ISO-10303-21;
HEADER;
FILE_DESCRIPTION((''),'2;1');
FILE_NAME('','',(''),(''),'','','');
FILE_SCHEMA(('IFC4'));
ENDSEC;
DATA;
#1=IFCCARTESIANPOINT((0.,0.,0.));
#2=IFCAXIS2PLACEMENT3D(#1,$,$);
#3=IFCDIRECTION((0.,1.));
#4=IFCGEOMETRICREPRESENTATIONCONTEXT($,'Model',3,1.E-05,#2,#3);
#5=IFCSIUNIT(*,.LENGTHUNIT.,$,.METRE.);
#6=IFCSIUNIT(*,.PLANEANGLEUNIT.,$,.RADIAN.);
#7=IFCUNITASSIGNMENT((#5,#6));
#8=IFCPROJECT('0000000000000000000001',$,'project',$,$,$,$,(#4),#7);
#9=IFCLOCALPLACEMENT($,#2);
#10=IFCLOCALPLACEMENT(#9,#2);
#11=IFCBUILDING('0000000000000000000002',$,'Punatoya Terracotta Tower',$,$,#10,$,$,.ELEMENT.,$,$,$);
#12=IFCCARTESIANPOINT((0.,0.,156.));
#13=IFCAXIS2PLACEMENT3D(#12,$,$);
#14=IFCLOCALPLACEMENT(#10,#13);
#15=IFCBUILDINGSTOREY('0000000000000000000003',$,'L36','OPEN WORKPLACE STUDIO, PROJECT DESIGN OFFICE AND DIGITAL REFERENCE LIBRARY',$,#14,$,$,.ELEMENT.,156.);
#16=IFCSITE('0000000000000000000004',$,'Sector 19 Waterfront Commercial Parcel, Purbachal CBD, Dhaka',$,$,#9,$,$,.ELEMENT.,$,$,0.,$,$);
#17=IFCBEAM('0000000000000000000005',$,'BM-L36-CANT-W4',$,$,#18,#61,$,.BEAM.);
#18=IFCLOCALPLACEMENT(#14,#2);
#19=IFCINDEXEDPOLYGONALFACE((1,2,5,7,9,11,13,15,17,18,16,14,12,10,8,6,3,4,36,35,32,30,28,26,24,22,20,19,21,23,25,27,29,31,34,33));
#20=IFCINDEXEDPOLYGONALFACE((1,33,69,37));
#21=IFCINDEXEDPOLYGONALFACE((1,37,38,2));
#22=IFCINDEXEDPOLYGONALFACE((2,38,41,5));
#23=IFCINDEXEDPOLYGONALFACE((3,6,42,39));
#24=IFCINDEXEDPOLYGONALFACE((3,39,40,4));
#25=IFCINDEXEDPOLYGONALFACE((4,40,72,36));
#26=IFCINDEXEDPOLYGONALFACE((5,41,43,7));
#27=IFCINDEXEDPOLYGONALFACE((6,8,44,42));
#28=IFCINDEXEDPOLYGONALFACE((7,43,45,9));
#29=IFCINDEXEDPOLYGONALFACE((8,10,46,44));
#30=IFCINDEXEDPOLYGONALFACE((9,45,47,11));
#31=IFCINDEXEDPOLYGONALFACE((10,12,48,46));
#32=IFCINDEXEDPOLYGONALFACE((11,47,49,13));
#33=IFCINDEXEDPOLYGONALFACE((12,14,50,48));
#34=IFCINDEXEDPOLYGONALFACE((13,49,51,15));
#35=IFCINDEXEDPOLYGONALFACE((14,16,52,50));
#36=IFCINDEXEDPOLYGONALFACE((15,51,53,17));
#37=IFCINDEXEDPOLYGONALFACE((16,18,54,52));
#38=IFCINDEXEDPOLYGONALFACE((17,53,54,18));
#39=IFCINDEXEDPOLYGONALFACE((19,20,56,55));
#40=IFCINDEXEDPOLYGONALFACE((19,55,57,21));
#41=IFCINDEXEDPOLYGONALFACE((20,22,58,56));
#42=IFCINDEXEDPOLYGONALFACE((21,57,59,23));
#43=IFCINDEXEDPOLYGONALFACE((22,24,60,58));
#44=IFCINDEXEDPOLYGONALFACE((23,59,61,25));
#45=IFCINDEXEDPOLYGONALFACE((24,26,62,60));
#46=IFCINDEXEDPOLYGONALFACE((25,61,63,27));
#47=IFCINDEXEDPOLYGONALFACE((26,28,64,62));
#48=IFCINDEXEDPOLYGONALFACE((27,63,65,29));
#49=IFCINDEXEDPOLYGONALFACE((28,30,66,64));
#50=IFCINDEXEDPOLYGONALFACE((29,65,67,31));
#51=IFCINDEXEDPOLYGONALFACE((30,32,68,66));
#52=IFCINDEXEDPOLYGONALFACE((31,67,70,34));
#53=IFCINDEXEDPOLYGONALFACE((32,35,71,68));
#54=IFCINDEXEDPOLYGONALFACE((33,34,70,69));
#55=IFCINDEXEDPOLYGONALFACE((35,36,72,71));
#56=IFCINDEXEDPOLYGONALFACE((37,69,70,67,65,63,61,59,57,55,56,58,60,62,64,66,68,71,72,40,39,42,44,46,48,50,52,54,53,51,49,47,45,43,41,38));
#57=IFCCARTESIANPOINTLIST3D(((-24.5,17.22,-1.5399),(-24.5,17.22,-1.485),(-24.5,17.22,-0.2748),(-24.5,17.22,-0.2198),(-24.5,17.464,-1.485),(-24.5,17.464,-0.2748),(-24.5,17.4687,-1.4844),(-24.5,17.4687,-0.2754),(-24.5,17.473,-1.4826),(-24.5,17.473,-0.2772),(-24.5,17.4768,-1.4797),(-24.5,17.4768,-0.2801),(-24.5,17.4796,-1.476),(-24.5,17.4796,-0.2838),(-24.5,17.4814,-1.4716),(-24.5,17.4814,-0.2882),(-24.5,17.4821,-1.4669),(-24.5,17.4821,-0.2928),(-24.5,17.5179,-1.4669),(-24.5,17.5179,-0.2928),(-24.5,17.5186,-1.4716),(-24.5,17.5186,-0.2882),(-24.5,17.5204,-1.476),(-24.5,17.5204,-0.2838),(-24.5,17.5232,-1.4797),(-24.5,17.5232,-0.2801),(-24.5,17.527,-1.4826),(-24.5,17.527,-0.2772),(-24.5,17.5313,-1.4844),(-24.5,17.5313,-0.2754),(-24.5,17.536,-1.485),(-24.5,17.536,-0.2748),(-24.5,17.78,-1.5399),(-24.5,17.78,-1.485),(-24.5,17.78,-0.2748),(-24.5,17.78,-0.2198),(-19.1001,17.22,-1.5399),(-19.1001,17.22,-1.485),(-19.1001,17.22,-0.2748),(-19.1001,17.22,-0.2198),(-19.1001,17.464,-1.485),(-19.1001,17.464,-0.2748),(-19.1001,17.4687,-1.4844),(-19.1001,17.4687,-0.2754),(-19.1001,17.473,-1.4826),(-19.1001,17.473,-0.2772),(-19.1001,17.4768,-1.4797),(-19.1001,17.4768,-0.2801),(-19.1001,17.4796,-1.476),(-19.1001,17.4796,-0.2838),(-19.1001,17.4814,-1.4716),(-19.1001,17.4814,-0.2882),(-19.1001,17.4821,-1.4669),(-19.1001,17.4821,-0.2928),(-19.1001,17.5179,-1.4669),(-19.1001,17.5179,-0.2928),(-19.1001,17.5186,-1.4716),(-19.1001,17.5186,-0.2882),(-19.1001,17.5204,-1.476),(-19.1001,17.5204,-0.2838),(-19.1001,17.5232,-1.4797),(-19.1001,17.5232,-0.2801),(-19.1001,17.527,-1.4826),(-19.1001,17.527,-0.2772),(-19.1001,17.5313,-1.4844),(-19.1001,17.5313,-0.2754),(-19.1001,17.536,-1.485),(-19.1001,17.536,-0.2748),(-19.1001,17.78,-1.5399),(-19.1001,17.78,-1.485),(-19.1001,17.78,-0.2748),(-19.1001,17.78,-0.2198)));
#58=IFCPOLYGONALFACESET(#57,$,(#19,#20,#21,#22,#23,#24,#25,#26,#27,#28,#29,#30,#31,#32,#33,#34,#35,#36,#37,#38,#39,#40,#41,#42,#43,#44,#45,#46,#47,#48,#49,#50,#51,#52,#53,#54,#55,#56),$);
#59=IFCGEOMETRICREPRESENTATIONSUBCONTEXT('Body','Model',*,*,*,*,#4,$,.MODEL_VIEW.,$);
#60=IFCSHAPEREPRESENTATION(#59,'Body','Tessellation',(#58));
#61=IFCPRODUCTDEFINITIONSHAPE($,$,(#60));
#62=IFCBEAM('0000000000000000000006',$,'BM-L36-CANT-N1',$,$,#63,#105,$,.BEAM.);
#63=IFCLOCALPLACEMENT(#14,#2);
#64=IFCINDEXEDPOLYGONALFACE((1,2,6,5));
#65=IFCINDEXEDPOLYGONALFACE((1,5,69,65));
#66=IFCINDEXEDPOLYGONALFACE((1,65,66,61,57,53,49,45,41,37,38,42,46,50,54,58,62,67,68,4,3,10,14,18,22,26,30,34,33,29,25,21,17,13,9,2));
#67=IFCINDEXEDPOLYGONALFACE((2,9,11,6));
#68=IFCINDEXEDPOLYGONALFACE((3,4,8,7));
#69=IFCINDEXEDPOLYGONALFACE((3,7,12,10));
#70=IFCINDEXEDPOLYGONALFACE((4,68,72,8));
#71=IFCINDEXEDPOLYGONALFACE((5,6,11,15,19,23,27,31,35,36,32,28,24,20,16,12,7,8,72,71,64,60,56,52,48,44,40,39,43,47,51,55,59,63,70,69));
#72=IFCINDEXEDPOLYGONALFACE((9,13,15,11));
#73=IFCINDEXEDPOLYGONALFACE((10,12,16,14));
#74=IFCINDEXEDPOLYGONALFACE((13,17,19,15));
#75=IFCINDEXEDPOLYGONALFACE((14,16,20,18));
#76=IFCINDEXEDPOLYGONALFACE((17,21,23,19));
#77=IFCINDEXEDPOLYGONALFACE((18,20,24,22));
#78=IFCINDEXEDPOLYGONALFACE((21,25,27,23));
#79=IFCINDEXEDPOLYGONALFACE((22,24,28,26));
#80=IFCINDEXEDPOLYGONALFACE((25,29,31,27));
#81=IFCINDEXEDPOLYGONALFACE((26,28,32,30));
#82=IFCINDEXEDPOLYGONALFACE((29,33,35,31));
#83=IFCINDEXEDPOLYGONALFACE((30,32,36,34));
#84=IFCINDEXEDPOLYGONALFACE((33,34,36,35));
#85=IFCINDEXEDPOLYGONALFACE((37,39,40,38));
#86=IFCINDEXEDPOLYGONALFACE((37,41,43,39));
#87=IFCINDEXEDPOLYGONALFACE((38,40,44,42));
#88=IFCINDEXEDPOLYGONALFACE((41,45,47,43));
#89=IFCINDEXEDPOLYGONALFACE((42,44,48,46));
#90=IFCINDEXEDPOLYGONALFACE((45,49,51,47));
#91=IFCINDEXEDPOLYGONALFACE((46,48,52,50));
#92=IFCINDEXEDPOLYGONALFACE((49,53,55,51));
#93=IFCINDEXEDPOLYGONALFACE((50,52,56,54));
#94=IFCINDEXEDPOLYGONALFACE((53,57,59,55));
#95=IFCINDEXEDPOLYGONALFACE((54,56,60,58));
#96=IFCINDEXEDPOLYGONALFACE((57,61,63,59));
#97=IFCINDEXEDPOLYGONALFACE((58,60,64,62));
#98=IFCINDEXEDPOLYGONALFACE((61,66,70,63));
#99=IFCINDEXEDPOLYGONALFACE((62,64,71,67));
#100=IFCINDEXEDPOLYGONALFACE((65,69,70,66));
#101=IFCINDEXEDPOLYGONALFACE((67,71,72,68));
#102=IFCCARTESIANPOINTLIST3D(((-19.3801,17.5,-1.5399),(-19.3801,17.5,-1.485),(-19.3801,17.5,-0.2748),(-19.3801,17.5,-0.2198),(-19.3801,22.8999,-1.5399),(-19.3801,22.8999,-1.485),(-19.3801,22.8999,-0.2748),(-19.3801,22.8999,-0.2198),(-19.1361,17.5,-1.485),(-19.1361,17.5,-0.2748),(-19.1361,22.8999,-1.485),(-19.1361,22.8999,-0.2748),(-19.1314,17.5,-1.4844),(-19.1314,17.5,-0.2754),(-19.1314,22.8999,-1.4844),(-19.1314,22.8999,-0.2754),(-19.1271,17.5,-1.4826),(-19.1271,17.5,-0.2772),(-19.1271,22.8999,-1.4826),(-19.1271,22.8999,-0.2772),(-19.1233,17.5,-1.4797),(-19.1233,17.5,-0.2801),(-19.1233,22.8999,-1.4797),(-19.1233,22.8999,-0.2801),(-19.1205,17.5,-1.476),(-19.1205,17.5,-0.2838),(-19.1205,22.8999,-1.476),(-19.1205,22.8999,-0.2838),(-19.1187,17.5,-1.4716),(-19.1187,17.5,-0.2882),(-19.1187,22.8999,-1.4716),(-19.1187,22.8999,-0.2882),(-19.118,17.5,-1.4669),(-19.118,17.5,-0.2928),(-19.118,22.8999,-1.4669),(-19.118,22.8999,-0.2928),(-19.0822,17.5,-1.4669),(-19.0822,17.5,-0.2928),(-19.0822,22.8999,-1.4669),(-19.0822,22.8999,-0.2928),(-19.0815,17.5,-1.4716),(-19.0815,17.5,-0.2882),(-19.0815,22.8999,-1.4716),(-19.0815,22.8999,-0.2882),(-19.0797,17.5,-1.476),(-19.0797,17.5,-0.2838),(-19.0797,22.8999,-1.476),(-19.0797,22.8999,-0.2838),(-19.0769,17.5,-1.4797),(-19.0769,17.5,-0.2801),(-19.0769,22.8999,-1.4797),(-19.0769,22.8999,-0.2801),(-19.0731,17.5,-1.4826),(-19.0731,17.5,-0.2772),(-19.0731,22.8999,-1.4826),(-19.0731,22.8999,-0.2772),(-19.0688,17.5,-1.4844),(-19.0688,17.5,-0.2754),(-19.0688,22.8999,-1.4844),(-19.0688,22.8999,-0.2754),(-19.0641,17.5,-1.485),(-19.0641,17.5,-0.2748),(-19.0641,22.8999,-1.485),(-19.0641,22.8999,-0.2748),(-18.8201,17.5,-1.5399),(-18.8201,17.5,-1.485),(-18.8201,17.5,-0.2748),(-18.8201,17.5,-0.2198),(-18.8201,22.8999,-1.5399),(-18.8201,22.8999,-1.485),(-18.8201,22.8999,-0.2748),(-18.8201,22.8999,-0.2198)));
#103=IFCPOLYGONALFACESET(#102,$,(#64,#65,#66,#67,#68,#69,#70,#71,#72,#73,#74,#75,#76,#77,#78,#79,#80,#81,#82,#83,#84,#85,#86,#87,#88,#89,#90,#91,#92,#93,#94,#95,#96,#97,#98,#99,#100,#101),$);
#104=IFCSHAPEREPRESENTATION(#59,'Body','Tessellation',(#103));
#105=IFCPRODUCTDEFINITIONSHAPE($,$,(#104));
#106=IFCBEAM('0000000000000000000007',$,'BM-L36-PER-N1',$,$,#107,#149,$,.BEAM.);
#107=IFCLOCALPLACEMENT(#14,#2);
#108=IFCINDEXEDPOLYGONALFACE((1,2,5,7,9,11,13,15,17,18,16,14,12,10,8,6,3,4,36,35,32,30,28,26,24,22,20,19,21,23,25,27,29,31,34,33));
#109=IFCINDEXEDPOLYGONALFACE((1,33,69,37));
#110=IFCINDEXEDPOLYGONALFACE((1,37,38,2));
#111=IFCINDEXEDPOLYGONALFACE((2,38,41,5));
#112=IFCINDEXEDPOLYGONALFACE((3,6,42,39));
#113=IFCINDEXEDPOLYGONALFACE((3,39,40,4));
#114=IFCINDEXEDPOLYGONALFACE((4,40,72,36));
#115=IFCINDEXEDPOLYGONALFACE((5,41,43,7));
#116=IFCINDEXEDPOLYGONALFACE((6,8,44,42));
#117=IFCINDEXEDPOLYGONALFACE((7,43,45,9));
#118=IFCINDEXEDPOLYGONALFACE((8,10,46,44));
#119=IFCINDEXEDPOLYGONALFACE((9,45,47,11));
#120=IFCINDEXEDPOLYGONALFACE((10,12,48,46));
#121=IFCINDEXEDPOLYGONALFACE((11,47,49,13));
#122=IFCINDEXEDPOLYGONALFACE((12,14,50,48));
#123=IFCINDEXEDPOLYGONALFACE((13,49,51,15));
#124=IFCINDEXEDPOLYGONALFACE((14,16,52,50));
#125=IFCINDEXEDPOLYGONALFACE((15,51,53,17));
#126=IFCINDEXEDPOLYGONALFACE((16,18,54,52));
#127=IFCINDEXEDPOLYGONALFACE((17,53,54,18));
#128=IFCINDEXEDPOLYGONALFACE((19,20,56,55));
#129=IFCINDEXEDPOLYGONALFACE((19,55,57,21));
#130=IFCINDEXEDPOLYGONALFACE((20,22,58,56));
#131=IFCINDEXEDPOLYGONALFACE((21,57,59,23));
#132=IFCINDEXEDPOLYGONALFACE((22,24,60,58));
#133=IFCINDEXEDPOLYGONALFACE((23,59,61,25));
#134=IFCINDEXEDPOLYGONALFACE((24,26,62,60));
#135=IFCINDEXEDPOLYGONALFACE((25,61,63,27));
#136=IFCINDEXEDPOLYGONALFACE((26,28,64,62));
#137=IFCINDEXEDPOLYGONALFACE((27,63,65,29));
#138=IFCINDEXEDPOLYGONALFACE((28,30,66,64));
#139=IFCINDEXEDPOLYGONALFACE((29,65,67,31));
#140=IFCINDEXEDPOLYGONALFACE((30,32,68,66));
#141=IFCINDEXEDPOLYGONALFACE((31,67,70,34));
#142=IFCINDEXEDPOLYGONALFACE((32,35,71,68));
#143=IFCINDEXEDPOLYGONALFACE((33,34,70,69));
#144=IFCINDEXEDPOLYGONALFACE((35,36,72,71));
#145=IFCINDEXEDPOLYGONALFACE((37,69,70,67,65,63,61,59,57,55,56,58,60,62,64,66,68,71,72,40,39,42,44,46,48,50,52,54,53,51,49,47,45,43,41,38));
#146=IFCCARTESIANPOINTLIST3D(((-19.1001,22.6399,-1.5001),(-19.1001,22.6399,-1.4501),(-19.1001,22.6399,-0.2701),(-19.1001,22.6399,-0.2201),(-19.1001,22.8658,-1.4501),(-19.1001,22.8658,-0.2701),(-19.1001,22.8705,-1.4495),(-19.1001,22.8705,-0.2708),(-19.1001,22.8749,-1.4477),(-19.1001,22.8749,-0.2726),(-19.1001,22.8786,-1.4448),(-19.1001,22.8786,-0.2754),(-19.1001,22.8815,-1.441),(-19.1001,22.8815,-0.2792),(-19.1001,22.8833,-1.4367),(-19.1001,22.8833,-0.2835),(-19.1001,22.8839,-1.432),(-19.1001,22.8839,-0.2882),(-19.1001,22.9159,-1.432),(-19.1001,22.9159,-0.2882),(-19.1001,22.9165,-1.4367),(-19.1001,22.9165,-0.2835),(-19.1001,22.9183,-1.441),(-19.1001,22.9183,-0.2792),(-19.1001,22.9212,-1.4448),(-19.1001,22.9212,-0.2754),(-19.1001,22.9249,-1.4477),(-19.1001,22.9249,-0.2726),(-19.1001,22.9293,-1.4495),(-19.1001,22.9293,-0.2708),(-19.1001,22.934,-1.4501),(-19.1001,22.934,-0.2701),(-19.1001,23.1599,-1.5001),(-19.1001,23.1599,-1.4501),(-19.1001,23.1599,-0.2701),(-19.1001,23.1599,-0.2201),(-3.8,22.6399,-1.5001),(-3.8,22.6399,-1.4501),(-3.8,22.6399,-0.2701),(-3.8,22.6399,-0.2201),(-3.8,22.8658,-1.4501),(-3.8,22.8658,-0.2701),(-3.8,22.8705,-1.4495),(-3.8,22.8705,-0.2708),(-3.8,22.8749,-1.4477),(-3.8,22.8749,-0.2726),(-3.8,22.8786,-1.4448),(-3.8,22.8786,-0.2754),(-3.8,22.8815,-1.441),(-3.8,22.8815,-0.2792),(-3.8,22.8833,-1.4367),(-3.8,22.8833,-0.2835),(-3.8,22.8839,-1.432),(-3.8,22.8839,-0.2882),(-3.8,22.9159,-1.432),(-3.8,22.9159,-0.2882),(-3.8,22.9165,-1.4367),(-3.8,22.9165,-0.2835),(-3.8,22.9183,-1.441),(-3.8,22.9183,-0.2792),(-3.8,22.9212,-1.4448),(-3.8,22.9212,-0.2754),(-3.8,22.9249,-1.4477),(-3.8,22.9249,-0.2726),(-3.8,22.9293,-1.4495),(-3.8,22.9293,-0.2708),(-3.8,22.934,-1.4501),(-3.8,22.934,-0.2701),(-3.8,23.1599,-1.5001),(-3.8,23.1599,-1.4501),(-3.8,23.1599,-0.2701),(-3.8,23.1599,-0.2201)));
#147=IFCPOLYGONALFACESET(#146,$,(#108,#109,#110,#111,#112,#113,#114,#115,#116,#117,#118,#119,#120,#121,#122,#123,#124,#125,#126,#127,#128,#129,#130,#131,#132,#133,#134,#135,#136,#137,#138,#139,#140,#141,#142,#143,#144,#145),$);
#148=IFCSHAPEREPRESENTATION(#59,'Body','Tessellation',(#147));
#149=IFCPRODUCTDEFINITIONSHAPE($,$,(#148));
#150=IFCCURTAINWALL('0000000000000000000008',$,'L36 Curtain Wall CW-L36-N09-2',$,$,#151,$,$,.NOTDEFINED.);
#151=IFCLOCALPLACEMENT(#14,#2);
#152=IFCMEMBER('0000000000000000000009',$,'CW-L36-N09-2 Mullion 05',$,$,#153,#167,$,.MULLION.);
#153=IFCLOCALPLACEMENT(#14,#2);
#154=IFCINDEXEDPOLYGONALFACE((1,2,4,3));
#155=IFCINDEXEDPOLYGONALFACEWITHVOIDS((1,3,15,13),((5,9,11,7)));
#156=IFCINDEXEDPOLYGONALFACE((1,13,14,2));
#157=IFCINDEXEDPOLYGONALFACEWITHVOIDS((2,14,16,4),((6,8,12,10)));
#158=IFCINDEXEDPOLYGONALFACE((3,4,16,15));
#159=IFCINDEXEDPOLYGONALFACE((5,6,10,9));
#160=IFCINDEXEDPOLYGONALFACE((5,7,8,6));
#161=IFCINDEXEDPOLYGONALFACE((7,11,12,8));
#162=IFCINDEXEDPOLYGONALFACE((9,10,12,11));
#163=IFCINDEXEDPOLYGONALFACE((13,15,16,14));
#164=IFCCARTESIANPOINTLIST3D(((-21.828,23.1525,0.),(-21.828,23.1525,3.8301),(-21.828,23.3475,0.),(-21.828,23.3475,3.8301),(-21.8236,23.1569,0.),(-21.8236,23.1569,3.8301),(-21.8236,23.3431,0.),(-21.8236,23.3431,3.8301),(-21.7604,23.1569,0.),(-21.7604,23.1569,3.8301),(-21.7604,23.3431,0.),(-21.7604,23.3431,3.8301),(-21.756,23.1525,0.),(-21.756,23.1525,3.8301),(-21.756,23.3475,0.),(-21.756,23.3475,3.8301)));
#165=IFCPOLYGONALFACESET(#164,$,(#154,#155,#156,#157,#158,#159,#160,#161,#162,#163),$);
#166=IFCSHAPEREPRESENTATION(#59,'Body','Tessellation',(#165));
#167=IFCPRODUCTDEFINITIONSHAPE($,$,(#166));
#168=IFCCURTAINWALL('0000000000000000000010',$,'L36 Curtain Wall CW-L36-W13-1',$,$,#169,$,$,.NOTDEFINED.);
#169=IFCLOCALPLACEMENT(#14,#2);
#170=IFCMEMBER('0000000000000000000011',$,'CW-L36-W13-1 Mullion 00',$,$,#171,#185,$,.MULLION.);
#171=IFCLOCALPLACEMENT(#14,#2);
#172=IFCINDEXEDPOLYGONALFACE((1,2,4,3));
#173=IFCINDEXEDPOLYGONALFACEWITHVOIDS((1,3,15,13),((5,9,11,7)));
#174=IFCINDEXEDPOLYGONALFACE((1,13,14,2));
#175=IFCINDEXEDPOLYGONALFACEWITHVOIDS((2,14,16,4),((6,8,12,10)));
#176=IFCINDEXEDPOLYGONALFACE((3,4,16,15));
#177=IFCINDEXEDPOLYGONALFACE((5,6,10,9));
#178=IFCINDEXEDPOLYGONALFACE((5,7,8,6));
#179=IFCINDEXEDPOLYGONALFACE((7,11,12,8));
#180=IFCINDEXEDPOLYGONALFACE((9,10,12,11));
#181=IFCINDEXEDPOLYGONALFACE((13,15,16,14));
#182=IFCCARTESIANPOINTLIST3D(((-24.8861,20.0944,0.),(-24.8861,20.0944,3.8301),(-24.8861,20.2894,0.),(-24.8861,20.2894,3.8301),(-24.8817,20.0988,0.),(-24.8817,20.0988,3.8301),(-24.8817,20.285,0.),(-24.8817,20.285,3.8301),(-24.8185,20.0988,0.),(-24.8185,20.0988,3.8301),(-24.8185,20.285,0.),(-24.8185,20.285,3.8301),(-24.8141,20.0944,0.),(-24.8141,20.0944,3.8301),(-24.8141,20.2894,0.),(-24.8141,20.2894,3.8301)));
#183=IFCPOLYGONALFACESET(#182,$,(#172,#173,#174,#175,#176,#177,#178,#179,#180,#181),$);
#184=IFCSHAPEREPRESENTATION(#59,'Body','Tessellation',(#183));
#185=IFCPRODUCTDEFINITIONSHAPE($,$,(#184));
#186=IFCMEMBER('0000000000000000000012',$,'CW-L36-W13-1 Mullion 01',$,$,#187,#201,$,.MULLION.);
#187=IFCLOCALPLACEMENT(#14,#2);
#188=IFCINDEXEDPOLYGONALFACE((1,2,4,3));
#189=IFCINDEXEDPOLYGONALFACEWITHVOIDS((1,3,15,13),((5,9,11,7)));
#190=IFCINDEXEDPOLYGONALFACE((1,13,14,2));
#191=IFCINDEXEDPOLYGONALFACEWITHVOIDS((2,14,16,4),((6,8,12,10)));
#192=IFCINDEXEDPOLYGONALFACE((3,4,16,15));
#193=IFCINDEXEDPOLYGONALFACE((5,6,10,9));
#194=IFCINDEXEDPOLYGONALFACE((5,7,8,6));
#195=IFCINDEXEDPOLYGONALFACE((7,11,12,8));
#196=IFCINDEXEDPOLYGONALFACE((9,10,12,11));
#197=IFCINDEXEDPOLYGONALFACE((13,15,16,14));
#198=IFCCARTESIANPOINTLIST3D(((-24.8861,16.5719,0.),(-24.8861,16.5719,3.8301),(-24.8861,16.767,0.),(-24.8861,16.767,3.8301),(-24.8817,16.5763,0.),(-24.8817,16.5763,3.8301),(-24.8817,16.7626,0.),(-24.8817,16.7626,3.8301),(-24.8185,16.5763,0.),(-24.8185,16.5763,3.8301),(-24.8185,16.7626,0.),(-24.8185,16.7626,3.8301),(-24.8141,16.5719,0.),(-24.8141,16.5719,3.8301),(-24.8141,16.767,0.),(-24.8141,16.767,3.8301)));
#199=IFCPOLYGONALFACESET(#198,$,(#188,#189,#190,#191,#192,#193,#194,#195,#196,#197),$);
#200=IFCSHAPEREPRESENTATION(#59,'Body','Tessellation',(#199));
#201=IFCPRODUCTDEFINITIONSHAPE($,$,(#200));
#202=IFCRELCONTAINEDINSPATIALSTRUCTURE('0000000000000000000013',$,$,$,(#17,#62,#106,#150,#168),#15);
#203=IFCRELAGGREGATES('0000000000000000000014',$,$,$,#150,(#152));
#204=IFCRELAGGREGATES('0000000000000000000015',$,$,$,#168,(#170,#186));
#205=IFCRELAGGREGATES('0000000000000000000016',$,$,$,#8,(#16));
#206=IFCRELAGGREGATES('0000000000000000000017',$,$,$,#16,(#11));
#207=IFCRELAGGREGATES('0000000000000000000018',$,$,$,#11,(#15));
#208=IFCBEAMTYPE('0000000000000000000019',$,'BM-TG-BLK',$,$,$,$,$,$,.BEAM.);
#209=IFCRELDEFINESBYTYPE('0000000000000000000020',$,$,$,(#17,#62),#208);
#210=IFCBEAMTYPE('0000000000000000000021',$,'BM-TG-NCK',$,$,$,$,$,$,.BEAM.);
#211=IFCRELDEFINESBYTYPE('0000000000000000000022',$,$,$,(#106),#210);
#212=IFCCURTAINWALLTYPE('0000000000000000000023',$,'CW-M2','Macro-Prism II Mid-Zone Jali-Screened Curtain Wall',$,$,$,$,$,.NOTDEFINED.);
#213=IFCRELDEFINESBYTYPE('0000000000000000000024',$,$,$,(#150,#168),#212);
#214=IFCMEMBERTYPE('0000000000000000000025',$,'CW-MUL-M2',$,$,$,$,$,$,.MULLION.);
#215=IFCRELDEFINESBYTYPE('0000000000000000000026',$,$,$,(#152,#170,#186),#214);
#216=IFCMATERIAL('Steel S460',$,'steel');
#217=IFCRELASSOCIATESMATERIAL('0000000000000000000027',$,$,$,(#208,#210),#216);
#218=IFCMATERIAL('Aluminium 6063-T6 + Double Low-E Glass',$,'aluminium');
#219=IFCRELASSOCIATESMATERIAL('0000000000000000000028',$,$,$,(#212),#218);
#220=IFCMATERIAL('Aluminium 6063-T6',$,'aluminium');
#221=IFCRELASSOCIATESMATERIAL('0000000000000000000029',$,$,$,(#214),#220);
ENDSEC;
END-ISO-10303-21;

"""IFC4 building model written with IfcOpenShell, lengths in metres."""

from ifc_helpers import new_model, si_unit, direction, frame, origin, origin_2d, place, context, subcontext, project, spatial, hollow_rectangle, i_section, extrude, material, material_profile, profile_set, type_object, element, aggregate, save


model = new_model("IFC4")

# Units and contexts
model_context = context("Model", 3, precision=1e-05, world=origin(), true_north=direction((0.0, 1.0)))
body_context = subcontext(model_context, "Body", "Model", "MODEL_VIEW")
ifc_project = project(units=[si_unit("LENGTHUNIT", "METRE"), si_unit("PLANEANGLEUNIT", "RADIAN")], contexts=[model_context])

# Site, building, storey
site_placement = place(None, origin())
site = spatial("IfcSite", under=ifc_project, at=site_placement, Name="Sector 19 Waterfront Commercial Parcel, Purbachal CBD, Dhaka", CompositionType="ELEMENT", RefElevation=0.0)
building_placement = place(site_placement, origin())
building = spatial("IfcBuilding", under=site, at=building_placement, Name="Punatoya Terracotta Tower", CompositionType="ELEMENT")
storey_placement = place(building_placement, frame((0.0, 0.0, 156.0)))
storey = spatial("IfcBuildingStorey", under=building, at=storey_placement, Name="L36", Description="OPEN WORKPLACE STUDIO, PROJECT DESIGN OFFICE AND DIGITAL REFERENCE LIBRARY", CompositionType="ELEMENT", Elevation=156.0)

# Shared definitions
ifc_material_1 = material(Name="Steel S460", Category="steel")

# Beams
ifc_material_profile_1 = material_profile(ifc_material_1, i_section(OverallWidth=0.5601, OverallDepth=1.3201, WebThickness=0.0359, FlangeThickness=0.0549, FilletRadius=0.0181, at=origin_2d()))
ifc_profile_set_1 = profile_set([ifc_material_profile_1], Name="Steel S460")
beam_type_1 = type_object("IfcBeamType", Name="BM-TG-BLK", PredefinedType="BEAM", material=ifc_profile_set_1)
for number, where, z_axis, x_axis, name in (
    (1, (-24.5, 17.5, -0.8799), (1.0, 0.0, 0.0), (0.0, 1.0, 0.0), "BM-L36-CANT-W4"),
    (2, (-19.1001, 17.5, -0.8799), (0.0, 1.0, 0.0), (-1.0, 0.0, 0.0), "BM-L36-CANT-N1"),
):
    element("IfcBeam", number, at=place(storey_placement, frame(where, z_axis=z_axis, x_axis=x_axis)), inside=storey, type_object=beam_type_1, Name=name, PredefinedType="BEAM", context=body_context, shape_type="SweptSolid", body=[
        extrude(i_section(OverallWidth=0.5601, OverallDepth=1.3201, WebThickness=0.0359, FlangeThickness=0.0549, FilletRadius=0.0181, at=origin_2d()), origin(), (0.0, 0.0, 1.0), 5.3999),
    ])
ifc_material_profile_2 = material_profile(ifc_material_1, i_section(OverallWidth=0.52, OverallDepth=1.28, WebThickness=0.032, FlangeThickness=0.05, FilletRadius=0.0181, at=origin_2d()))
ifc_profile_set_2 = profile_set([ifc_material_profile_2], Name="Steel S460")
beam_type_2 = type_object("IfcBeamType", Name="BM-TG-NCK", PredefinedType="BEAM", material=ifc_profile_set_2)
beam_1_placement = place(storey_placement, frame((-19.1001, 22.8999, -0.8601), z_axis=(1.0, 0.0, 0.0), x_axis=(0.0, 1.0, 0.0)))
element("IfcBeam", 3, at=beam_1_placement, inside=storey, type_object=beam_type_2, Name="BM-L36-PER-N1", PredefinedType="BEAM", context=body_context, shape_type="SweptSolid", body=[
    extrude(i_section(OverallWidth=0.52, OverallDepth=1.28, WebThickness=0.032, FlangeThickness=0.05, FilletRadius=0.0181, at=origin_2d()), origin(), (0.0, 0.0, 1.0), 15.3),
])

# Curtain wall, member
ifc_material_2 = material(Name="Aluminium 6063-T6 + Double Low-E Glass", Category="aluminium")
curtain_wall_type = type_object("IfcCurtainWallType", Name="CW-M2", Description="Macro-Prism II Mid-Zone Jali-Screened Curtain Wall", PredefinedType="NOTDEFINED", material=ifc_material_2)
curtain_wall_1_placement = place(storey_placement, origin())
curtain_wall_1 = element("IfcCurtainWall", 4, at=curtain_wall_1_placement, inside=storey, type_object=curtain_wall_type, Name="L36 Curtain Wall CW-L36-N09-2", PredefinedType="NOTDEFINED")
ifc_material_3 = material(Name="Aluminium 6063-T6", Category="aluminium")
ifc_material_profile_3 = material_profile(ifc_material_3, hollow_rectangle(XDim=0.072, YDim=0.1951, WallThickness=0.0044, at=origin_2d()))
ifc_profile_set_3 = profile_set([ifc_material_profile_3], Name="Aluminium 6063-T6")
member_type_1 = type_object("IfcMemberType", Name="CW-MUL-M2", PredefinedType="MULLION", material=ifc_profile_set_3)
member_1_placement = place(storey_placement, frame((-21.792, 23.25, 0.0), z_axis=(0.0, 0.0, 1.0), x_axis=(1.0, 0.0, 0.0)))
member_1 = element("IfcMember", 5, at=member_1_placement, type_object=member_type_1, Name="CW-L36-N09-2 Mullion 05", PredefinedType="MULLION", context=body_context, shape_type="SweptSolid", body=[
    extrude(hollow_rectangle(XDim=0.072, YDim=0.1951, WallThickness=0.0044, at=origin_2d()), origin(), (0.0, 0.0, 1.0), 3.8301),
])

# Curtain wall, members
curtain_wall_2_placement = place(storey_placement, origin())
curtain_wall_2 = element("IfcCurtainWall", 6, at=curtain_wall_2_placement, inside=storey, type_object=curtain_wall_type, Name="L36 Curtain Wall CW-L36-W13-1", PredefinedType="NOTDEFINED")
member_2_placement = place(storey_placement, frame((-24.8501, 20.1919, 0.0), z_axis=(0.0, 0.0, 1.0), x_axis=(1.0, 0.0, 0.0)))
member_2 = element("IfcMember", 7, at=member_2_placement, type_object=member_type_1, Name="CW-L36-W13-1 Mullion 00", PredefinedType="MULLION", context=body_context, shape_type="SweptSolid", body=[
    extrude(hollow_rectangle(XDim=0.072, YDim=0.1951, WallThickness=0.0044, at=origin_2d()), origin(), (0.0, 0.0, 1.0), 3.8301),
])
member_3_placement = place(storey_placement, frame((-24.8501, 16.6694, 0.0), z_axis=(0.0, 0.0, 1.0), x_axis=(1.0, 0.0, 0.0)))
member_3 = element("IfcMember", 8, at=member_3_placement, type_object=member_type_1, Name="CW-L36-W13-1 Mullion 01", PredefinedType="MULLION", context=body_context, shape_type="SweptSolid", body=[
    extrude(hollow_rectangle(XDim=0.072, YDim=0.1951, WallThickness=0.0044, at=origin_2d()), origin(), (0.0, 0.0, 1.0), 3.8301),
])

aggregate(curtain_wall_1, [member_1])
aggregate(curtain_wall_2, [member_2, member_3])

save(model, "model.ifc")
